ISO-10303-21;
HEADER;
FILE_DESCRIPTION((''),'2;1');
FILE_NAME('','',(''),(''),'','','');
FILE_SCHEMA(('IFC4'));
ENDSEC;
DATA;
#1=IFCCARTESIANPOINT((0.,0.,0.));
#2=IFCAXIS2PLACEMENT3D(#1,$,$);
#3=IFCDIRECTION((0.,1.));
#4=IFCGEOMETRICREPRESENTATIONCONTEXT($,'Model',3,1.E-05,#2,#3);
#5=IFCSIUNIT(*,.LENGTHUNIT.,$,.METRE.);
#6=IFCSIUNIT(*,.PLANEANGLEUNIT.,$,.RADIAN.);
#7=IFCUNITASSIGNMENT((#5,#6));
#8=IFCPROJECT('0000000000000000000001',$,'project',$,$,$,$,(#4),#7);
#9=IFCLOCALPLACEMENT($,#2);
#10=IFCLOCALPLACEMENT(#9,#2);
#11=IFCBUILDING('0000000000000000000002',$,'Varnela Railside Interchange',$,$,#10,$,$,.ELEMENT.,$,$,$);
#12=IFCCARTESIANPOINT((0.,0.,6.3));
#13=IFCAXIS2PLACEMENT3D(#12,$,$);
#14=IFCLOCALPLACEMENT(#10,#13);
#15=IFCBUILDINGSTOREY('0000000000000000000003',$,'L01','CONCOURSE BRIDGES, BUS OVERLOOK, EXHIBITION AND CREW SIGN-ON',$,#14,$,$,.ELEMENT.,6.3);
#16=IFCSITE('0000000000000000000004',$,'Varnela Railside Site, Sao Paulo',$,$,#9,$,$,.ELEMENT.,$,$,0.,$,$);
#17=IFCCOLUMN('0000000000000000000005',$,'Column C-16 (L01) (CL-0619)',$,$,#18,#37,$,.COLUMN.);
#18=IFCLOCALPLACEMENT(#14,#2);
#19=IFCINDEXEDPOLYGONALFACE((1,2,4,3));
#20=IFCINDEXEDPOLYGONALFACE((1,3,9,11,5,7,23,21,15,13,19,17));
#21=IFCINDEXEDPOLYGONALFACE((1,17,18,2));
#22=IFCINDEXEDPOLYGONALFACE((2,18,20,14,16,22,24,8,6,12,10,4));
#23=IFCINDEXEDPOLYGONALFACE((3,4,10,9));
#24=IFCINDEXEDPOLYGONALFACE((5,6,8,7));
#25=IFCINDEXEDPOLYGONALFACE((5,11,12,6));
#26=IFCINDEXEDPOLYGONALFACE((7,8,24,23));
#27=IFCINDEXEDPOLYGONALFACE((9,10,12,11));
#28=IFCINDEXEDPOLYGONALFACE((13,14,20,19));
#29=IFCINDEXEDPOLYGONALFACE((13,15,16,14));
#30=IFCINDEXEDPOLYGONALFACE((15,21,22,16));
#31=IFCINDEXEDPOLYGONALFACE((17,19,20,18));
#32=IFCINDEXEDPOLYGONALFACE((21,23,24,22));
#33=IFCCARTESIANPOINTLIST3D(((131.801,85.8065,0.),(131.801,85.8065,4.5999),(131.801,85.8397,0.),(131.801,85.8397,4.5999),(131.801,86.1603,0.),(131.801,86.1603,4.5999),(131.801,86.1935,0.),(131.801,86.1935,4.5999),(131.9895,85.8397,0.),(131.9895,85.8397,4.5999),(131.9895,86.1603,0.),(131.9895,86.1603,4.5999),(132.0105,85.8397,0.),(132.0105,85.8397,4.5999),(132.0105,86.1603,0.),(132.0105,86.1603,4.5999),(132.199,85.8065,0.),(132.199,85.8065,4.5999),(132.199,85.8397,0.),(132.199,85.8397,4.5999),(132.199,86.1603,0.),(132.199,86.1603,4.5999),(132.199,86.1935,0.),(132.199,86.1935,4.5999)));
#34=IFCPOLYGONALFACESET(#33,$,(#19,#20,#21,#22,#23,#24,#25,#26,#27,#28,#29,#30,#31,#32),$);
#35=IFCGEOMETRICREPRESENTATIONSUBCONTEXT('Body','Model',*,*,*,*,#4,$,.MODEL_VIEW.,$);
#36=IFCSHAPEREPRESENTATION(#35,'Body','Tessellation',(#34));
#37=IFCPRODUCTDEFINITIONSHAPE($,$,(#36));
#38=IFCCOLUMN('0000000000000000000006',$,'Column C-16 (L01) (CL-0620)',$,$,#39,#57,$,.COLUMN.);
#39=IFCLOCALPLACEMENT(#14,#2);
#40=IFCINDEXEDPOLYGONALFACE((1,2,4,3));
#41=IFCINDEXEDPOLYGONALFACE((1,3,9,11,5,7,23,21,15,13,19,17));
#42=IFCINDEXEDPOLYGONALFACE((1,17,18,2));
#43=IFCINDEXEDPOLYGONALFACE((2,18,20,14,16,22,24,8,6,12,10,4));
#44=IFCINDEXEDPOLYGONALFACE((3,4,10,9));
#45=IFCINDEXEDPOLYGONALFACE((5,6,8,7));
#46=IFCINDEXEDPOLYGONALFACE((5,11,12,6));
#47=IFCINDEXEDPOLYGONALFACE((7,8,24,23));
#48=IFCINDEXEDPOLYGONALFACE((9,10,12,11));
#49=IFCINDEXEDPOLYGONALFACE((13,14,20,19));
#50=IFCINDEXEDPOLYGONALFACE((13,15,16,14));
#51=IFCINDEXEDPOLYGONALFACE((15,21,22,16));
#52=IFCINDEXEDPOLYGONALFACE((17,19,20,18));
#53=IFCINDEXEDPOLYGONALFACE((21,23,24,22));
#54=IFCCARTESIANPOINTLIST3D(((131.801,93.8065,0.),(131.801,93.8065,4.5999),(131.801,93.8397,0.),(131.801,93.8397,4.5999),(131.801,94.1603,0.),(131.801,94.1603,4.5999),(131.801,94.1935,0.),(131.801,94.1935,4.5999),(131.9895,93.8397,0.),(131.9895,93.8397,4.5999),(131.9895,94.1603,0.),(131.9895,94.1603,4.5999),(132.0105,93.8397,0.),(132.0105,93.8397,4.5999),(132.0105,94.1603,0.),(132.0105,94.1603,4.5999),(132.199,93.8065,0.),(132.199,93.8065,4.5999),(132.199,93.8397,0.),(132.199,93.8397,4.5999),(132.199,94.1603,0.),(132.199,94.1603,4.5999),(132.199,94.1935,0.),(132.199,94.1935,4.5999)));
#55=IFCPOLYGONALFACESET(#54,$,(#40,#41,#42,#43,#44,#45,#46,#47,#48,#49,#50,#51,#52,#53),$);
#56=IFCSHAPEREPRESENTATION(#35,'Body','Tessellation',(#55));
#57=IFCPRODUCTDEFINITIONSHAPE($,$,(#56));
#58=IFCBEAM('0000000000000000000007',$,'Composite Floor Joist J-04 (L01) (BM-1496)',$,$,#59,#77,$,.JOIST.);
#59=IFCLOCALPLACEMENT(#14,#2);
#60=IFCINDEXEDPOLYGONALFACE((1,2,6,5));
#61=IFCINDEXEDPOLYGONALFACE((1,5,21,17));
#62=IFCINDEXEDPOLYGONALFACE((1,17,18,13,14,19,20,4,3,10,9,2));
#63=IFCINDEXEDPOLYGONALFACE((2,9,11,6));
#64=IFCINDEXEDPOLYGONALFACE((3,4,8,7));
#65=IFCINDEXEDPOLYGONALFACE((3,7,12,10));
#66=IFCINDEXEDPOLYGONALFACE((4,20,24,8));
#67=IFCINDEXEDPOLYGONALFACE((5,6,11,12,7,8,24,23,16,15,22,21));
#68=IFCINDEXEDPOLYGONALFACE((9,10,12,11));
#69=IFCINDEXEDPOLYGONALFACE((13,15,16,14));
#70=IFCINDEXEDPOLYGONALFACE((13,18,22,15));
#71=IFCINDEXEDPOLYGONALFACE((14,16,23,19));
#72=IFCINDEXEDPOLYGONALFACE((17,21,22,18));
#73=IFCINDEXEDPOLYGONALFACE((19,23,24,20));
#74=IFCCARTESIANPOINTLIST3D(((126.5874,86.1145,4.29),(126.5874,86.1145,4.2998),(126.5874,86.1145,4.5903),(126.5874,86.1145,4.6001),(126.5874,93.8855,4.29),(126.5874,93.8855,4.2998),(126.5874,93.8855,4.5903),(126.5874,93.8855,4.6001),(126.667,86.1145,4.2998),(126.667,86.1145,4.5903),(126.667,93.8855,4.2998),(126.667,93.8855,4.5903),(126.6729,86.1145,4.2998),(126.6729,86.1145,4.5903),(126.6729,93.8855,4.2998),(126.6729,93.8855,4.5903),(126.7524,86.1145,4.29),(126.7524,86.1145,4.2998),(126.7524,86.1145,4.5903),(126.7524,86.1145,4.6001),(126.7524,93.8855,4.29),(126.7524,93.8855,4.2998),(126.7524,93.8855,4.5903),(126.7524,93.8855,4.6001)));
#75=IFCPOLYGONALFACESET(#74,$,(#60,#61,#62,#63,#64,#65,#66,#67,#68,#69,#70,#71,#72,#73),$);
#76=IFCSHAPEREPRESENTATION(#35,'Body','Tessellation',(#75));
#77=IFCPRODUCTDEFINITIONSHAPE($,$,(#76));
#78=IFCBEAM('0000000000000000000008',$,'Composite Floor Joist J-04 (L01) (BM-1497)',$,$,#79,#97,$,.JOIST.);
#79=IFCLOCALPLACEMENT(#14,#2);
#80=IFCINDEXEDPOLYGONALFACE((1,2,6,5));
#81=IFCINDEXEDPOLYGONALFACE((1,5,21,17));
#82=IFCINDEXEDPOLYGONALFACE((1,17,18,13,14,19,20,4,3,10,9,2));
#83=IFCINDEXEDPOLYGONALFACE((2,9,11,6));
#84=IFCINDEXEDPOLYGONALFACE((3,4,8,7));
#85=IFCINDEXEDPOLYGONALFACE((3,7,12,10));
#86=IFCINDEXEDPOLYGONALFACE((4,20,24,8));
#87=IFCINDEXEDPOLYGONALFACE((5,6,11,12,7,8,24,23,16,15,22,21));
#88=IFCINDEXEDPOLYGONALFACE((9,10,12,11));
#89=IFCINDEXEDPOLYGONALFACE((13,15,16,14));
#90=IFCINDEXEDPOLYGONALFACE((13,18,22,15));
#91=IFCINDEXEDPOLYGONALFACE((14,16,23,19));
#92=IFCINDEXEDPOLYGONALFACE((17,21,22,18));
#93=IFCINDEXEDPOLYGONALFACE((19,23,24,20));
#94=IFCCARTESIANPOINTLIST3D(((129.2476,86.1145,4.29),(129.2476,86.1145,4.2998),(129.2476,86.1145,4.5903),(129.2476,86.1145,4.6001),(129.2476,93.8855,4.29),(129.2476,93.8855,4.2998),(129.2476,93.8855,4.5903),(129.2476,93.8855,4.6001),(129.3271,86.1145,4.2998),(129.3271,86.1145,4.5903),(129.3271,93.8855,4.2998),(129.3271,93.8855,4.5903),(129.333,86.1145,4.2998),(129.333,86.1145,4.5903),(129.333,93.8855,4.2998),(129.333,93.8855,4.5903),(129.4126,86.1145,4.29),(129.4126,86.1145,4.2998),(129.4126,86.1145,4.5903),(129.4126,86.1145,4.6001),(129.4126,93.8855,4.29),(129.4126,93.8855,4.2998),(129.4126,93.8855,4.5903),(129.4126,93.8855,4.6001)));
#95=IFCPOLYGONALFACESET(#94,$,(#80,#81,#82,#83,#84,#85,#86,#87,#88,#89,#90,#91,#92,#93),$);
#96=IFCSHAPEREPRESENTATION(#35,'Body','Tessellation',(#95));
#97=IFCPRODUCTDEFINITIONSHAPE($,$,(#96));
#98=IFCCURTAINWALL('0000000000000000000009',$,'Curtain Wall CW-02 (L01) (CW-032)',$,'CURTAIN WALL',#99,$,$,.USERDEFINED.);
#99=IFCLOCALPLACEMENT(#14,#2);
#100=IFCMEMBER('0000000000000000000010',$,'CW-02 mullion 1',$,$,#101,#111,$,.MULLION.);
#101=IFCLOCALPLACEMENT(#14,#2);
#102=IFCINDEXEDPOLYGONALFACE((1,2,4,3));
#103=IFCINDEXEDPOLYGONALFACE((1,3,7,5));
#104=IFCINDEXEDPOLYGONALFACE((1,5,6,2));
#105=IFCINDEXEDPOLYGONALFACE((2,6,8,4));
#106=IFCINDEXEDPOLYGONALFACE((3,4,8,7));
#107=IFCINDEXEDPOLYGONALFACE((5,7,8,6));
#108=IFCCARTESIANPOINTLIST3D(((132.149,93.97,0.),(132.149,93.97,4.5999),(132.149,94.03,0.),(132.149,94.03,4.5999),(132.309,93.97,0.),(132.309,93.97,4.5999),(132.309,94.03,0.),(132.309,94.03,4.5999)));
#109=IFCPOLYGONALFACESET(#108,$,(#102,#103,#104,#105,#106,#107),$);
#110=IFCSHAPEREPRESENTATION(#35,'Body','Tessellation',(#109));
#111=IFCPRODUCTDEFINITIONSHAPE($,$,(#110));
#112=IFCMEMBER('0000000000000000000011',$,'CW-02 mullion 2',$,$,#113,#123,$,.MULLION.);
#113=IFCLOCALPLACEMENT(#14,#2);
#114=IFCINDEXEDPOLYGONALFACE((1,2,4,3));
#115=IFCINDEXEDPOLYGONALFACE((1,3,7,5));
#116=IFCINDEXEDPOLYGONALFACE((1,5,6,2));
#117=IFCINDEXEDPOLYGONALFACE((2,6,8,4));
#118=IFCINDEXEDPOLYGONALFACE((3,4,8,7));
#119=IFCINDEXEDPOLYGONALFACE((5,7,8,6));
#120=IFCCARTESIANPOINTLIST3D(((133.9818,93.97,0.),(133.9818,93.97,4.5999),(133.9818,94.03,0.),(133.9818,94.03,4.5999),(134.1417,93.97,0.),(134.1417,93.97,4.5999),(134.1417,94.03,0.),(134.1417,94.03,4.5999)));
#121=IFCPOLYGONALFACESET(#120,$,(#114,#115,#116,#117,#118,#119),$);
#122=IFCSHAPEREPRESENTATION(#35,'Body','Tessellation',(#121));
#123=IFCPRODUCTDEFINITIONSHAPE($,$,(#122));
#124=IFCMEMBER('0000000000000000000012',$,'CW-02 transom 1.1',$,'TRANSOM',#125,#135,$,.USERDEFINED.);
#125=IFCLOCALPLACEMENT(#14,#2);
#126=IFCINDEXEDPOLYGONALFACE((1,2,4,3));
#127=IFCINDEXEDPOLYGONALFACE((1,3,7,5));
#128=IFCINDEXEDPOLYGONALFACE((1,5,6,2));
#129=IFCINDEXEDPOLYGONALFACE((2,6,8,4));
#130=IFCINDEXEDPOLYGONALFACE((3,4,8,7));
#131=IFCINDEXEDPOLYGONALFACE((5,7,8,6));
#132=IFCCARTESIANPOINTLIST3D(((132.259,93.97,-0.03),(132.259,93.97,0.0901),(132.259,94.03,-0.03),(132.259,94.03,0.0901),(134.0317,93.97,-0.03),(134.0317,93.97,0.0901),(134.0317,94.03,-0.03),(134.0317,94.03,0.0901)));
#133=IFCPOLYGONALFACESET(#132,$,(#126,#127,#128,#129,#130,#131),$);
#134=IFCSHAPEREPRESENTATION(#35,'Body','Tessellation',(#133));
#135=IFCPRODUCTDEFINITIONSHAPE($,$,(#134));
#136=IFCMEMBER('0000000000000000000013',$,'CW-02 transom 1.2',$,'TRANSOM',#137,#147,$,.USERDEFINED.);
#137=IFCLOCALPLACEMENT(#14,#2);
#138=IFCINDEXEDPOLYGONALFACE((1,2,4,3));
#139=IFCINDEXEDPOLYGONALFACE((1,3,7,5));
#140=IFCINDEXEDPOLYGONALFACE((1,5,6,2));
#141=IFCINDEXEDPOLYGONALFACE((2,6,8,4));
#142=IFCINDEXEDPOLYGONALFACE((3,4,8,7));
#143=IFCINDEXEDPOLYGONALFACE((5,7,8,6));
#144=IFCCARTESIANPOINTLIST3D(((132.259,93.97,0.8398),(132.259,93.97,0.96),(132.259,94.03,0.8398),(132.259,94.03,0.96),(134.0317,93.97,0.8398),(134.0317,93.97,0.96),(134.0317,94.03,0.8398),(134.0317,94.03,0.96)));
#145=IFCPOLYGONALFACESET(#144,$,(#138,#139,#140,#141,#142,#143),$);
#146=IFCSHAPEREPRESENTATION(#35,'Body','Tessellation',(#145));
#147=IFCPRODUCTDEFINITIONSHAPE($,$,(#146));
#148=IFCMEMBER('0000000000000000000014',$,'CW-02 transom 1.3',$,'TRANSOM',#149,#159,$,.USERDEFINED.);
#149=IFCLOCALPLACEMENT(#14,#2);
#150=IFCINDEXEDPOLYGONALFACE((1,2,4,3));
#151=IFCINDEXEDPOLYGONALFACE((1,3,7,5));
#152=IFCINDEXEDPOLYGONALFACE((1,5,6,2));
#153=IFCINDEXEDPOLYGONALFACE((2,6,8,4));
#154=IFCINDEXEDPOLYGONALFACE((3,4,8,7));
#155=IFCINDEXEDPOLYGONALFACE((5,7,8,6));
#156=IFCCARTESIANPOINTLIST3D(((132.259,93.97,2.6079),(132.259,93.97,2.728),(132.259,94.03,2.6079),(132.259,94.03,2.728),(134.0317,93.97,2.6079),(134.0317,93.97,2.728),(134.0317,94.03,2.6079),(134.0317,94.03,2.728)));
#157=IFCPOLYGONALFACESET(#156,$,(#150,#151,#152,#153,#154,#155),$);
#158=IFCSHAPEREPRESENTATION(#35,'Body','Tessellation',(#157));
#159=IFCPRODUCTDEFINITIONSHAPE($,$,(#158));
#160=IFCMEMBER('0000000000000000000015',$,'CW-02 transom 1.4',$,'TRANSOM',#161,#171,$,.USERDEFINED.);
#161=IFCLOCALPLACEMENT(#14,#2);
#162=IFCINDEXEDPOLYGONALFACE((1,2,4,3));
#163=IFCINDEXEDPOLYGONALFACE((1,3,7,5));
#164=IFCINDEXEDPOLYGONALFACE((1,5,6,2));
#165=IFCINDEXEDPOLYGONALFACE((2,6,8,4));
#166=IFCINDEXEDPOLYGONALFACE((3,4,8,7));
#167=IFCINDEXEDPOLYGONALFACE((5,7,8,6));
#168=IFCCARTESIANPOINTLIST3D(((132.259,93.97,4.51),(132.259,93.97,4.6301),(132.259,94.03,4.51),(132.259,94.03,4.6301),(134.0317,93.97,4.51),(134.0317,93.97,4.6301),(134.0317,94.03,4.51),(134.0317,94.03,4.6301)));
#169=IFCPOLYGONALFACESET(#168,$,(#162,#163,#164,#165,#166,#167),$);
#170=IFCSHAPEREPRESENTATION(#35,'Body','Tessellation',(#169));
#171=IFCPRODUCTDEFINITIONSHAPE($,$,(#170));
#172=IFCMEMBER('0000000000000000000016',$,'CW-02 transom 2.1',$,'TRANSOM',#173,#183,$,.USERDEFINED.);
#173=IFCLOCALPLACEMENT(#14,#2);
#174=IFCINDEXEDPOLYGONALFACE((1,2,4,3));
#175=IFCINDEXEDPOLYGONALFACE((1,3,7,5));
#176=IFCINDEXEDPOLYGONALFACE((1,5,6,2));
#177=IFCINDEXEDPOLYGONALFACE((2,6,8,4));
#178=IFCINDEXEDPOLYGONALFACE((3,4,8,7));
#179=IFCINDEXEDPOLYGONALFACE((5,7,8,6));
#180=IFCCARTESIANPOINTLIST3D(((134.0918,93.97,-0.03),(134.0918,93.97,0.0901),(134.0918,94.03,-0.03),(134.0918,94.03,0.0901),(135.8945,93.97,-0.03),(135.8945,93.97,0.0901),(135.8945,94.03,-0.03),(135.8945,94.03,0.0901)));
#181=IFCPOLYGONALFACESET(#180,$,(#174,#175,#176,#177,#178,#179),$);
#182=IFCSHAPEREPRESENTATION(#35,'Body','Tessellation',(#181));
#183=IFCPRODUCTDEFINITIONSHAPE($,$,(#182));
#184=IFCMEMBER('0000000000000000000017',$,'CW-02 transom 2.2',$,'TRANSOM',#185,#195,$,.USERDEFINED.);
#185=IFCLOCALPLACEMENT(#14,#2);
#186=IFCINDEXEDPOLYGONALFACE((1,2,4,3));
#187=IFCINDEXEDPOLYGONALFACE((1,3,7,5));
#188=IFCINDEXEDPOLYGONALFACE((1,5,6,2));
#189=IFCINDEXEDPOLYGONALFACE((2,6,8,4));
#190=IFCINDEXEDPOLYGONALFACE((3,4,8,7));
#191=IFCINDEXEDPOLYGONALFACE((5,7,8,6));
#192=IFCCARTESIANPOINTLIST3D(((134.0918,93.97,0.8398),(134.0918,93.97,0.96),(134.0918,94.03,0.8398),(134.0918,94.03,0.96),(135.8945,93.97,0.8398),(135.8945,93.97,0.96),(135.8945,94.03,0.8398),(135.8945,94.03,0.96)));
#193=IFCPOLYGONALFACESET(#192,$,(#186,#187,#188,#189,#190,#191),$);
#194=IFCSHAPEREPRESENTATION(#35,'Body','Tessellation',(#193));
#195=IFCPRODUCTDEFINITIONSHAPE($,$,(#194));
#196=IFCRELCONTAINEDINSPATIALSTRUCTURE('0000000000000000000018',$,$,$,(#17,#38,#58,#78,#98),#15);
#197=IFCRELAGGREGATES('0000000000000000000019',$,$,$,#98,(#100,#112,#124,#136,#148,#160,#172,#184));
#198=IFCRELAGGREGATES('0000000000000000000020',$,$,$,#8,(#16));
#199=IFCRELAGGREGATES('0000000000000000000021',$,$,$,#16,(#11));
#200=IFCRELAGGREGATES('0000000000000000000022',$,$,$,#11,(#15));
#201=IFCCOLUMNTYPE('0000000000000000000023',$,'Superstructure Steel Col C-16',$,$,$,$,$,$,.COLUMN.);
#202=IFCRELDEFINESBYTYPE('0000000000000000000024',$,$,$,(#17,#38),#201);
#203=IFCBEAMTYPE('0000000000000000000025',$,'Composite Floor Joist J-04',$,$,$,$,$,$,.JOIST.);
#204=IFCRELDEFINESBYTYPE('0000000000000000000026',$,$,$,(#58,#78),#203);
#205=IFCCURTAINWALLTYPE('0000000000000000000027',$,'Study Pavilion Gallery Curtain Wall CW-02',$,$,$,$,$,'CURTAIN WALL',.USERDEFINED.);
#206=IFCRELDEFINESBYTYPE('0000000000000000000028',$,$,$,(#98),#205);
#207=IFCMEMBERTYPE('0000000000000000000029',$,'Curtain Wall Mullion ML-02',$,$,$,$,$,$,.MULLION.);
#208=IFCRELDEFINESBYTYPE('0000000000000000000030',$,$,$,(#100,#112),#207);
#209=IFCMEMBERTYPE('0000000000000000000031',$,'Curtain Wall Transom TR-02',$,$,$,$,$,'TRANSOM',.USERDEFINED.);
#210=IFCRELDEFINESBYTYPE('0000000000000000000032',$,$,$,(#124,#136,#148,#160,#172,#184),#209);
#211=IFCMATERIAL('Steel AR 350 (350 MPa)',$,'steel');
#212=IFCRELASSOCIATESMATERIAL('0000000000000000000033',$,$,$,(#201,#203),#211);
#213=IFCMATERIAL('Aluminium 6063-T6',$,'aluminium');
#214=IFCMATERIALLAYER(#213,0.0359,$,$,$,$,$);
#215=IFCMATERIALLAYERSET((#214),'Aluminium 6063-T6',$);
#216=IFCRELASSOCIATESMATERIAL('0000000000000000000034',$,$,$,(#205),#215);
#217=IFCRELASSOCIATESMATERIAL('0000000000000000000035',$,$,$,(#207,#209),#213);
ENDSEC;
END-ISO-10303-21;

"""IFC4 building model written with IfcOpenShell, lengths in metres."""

from ifc_helpers import new_model, si_unit, direction, frame, origin, origin_2d, place, context, subcontext, project, spatial, rectangle, i_section, extrude, material, layer, layer_set, material_profile, profile_set, type_object, element, aggregate, save


model = new_model("IFC4")

# Units and contexts
model_context = context("Model", 3, precision=1e-05, world=origin(), true_north=direction((0.0, 1.0)))
body_context = subcontext(model_context, "Body", "Model", "MODEL_VIEW")
ifc_project = project(units=[si_unit("LENGTHUNIT", "METRE"), si_unit("PLANEANGLEUNIT", "RADIAN")], contexts=[model_context])

# Site, building, storey
site_placement = place(None, origin())
site = spatial("IfcSite", under=ifc_project, at=site_placement, Name="Varnela Railside Site, Sao Paulo", CompositionType="ELEMENT", RefElevation=0.0)
building_placement = place(site_placement, origin())
building = spatial("IfcBuilding", under=site, at=building_placement, Name="Varnela Railside Interchange", CompositionType="ELEMENT")
storey_placement = place(building_placement, frame((0.0, 0.0, 6.3)))
storey = spatial("IfcBuildingStorey", under=building, at=storey_placement, Name="L01", Description="CONCOURSE BRIDGES, BUS OVERLOOK, EXHIBITION AND CREW SIGN-ON", CompositionType="ELEMENT", Elevation=6.3)

# Columns
ifc_material_1 = material(Name="Steel AR 350 (350 MPa)", Category="steel")
ifc_material_profile_1 = material_profile(ifc_material_1, i_section(OverallWidth=0.3979, OverallDepth=0.387, WebThickness=0.021, FlangeThickness=0.0332, at=origin_2d()), Name="W360x262")
ifc_profile_set_1 = profile_set([ifc_material_profile_1], Name="Steel AR 350 (350 MPa)")
column_type = type_object("IfcColumnType", Name="Superstructure Steel Col C-16", PredefinedType="COLUMN", material=ifc_profile_set_1)
for number, where, z_axis, x_axis, name in (
    (1, (132.0, 86.0, 0.0), (0.0, 0.0, 1.0), (1.0, 0.0, 0.0), "Column C-16 (L01) (CL-0619)"),
    (2, (132.0, 94.0, 0.0), (0.0, 0.0, 1.0), (1.0, 0.0, 0.0), "Column C-16 (L01) (CL-0620)"),
):
    element("IfcColumn", number, at=place(storey_placement, frame(where, z_axis=z_axis, x_axis=x_axis)), inside=storey, type_object=column_type, Name=name, PredefinedType="COLUMN", context=body_context, shape_type="SweptSolid", body=[
        extrude(i_section(OverallWidth=0.3979, OverallDepth=0.387, WebThickness=0.021, FlangeThickness=0.0332, at=origin_2d()), origin(), (0.0, 0.0, 1.0), 4.5999),
    ])

# Beams
ifc_material_profile_2 = material_profile(ifc_material_1, i_section(OverallWidth=0.165, OverallDepth=0.3101, WebThickness=0.0059, FlangeThickness=0.0098, at=origin_2d()), Name="W310x38.7")
ifc_profile_set_2 = profile_set([ifc_material_profile_2], Name="Steel AR 350 (350 MPa)")
beam_type_1 = type_object("IfcBeamType", Name="Composite Floor Joist J-04", PredefinedType="JOIST", material=ifc_profile_set_2)
for number, where, z_axis, x_axis, name in (
    (3, (126.6699, 86.1145, 4.4451), (0.0, 1.0, 0.0), (-1.0, 0.0, 0.0), "Composite Floor Joist J-04 (L01) (BM-1496)"),
    (4, (129.3301, 86.1145, 4.4451), (0.0, 1.0, 0.0), (-1.0, 0.0, 0.0), "Composite Floor Joist J-04 (L01) (BM-1497)"),
):
    element("IfcBeam", number, at=place(storey_placement, frame(where, z_axis=z_axis, x_axis=x_axis)), inside=storey, type_object=beam_type_1, Name=name, PredefinedType="JOIST", context=body_context, shape_type="SweptSolid", body=[
        extrude(i_section(OverallWidth=0.165, OverallDepth=0.3101, WebThickness=0.0059, FlangeThickness=0.0098, at=origin_2d()), origin(), (0.0, 0.0, 1.0), 7.771),
    ])

# Curtain wall, members
ifc_material_2 = material(Name="Aluminium 6063-T6", Category="aluminium")
ifc_layer_1 = layer(ifc_material_2, 0.0359)
ifc_layer_set_1 = layer_set([ifc_layer_1], Name="Aluminium 6063-T6")
curtain_wall_type = type_object("IfcCurtainWallType", Name="Study Pavilion Gallery Curtain Wall CW-02", ElementType="CURTAIN WALL", PredefinedType="USERDEFINED", material=ifc_layer_set_1)
curtain_wall_placement = place(storey_placement, origin())
curtain_wall = element("IfcCurtainWall", 5, at=curtain_wall_placement, inside=storey, type_object=curtain_wall_type, Name="Curtain Wall CW-02 (L01) (CW-032)", ObjectType="CURTAIN WALL", PredefinedType="USERDEFINED")
ifc_material_profile_3 = material_profile(ifc_material_2, rectangle(XDim=0.0601, YDim=0.1599, at=origin_2d()), Name="ALU 60x160")
ifc_profile_set_3 = profile_set([ifc_material_profile_3], Name="Aluminium 6063-T6")
member_type_1 = type_object("IfcMemberType", Name="Curtain Wall Mullion ML-02", PredefinedType="MULLION", material=ifc_profile_set_3)
member_1_placement = place(storey_placement, frame((132.229, 94.0, 0.0), z_axis=(0.0, 0.0, 1.0), x_axis=(0.0, 1.0, 0.0)))
member_1 = element("IfcMember", 6, at=member_1_placement, type_object=member_type_1, Name="CW-02 mullion 1", PredefinedType="MULLION", context=body_context, shape_type="SweptSolid", body=[
    extrude(rectangle(XDim=0.0601, YDim=0.1599, at=origin_2d()), origin(), (0.0, 0.0, 1.0), 4.5999),
])
member_2_placement = place(storey_placement, frame((134.0618, 94.0, 0.0), z_axis=(0.0, 0.0, 1.0), x_axis=(0.0, 1.0, 0.0)))
member_2 = element("IfcMember", 7, at=member_2_placement, type_object=member_type_1, Name="CW-02 mullion 2", PredefinedType="MULLION", context=body_context, shape_type="SweptSolid", body=[
    extrude(rectangle(XDim=0.0601, YDim=0.1599, at=origin_2d()), origin(), (0.0, 0.0, 1.0), 4.5999),
])
ifc_material_profile_4 = material_profile(ifc_material_2, rectangle(XDim=0.0601, YDim=0.1201, at=origin_2d()), Name="ALU 60x120")
ifc_profile_set_4 = profile_set([ifc_material_profile_4], Name="Aluminium 6063-T6")
member_type_2 = type_object("IfcMemberType", Name="Curtain Wall Transom TR-02", ElementType="TRANSOM", PredefinedType="USERDEFINED", material=ifc_profile_set_4)
member_3_placement = place(storey_placement, frame((132.259, 94.0, 0.03), z_axis=(1.0, 0.0, 0.0), x_axis=(0.0, 1.0, 0.0)))
member_3 = element("IfcMember", 8, at=member_3_placement, type_object=member_type_2, Name="CW-02 transom 1.1", ObjectType="TRANSOM", PredefinedType="USERDEFINED", context=body_context, shape_type="SweptSolid", body=[
    extrude(rectangle(XDim=0.0601, YDim=0.1201, at=origin_2d()), origin(), (0.0, 0.0, 1.0), 1.7727),
])
member_4_placement = place(storey_placement, frame((132.259, 94.0, 0.8999), z_axis=(1.0, 0.0, 0.0), x_axis=(0.0, 1.0, 0.0)))
member_4 = element("IfcMember", 9, at=member_4_placement, type_object=member_type_2, Name="CW-02 transom 1.2", ObjectType="TRANSOM", PredefinedType="USERDEFINED", context=body_context, shape_type="SweptSolid", body=[
    extrude(rectangle(XDim=0.0601, YDim=0.1201, at=origin_2d()), origin(), (0.0, 0.0, 1.0), 1.7727),
])
member_5_placement = place(storey_placement, frame((132.259, 94.0, 2.668), z_axis=(1.0, 0.0, 0.0), x_axis=(0.0, 1.0, 0.0)))
member_5 = element("IfcMember", 10, at=member_5_placement, type_object=member_type_2, Name="CW-02 transom 1.3", ObjectType="TRANSOM", PredefinedType="USERDEFINED", context=body_context, shape_type="SweptSolid", body=[
    extrude(rectangle(XDim=0.0601, YDim=0.1201, at=origin_2d()), origin(), (0.0, 0.0, 1.0), 1.7727),
])
member_6_placement = place(storey_placement, frame((132.259, 94.0, 4.5701), z_axis=(1.0, 0.0, 0.0), x_axis=(0.0, 1.0, 0.0)))
member_6 = element("IfcMember", 11, at=member_6_placement, type_object=member_type_2, Name="CW-02 transom 1.4", ObjectType="TRANSOM", PredefinedType="USERDEFINED", context=body_context, shape_type="SweptSolid", body=[
    extrude(rectangle(XDim=0.0601, YDim=0.1201, at=origin_2d()), origin(), (0.0, 0.0, 1.0), 1.7727),
])
member_7_placement = place(storey_placement, frame((134.0918, 94.0, 0.03), z_axis=(1.0, 0.0, 0.0), x_axis=(0.0, 1.0, 0.0)))
member_7 = element("IfcMember", 12, at=member_7_placement, type_object=member_type_2, Name="CW-02 transom 2.1", ObjectType="TRANSOM", PredefinedType="USERDEFINED", context=body_context, shape_type="SweptSolid", body=[
    extrude(rectangle(XDim=0.0601, YDim=0.1201, at=origin_2d()), origin(), (0.0, 0.0, 1.0), 1.8027),
])
member_8_placement = place(storey_placement, frame((134.0918, 94.0, 0.8999), z_axis=(1.0, 0.0, 0.0), x_axis=(0.0, 1.0, 0.0)))
member_8 = element("IfcMember", 13, at=member_8_placement, type_object=member_type_2, Name="CW-02 transom 2.2", ObjectType="TRANSOM", PredefinedType="USERDEFINED", context=body_context, shape_type="SweptSolid", body=[
    extrude(rectangle(XDim=0.0601, YDim=0.1201, at=origin_2d()), origin(), (0.0, 0.0, 1.0), 1.8027),
])

aggregate(curtain_wall, [member_1, member_2, member_3, member_4, member_5, member_6, member_7, member_8])

save(model, "model.ifc")
